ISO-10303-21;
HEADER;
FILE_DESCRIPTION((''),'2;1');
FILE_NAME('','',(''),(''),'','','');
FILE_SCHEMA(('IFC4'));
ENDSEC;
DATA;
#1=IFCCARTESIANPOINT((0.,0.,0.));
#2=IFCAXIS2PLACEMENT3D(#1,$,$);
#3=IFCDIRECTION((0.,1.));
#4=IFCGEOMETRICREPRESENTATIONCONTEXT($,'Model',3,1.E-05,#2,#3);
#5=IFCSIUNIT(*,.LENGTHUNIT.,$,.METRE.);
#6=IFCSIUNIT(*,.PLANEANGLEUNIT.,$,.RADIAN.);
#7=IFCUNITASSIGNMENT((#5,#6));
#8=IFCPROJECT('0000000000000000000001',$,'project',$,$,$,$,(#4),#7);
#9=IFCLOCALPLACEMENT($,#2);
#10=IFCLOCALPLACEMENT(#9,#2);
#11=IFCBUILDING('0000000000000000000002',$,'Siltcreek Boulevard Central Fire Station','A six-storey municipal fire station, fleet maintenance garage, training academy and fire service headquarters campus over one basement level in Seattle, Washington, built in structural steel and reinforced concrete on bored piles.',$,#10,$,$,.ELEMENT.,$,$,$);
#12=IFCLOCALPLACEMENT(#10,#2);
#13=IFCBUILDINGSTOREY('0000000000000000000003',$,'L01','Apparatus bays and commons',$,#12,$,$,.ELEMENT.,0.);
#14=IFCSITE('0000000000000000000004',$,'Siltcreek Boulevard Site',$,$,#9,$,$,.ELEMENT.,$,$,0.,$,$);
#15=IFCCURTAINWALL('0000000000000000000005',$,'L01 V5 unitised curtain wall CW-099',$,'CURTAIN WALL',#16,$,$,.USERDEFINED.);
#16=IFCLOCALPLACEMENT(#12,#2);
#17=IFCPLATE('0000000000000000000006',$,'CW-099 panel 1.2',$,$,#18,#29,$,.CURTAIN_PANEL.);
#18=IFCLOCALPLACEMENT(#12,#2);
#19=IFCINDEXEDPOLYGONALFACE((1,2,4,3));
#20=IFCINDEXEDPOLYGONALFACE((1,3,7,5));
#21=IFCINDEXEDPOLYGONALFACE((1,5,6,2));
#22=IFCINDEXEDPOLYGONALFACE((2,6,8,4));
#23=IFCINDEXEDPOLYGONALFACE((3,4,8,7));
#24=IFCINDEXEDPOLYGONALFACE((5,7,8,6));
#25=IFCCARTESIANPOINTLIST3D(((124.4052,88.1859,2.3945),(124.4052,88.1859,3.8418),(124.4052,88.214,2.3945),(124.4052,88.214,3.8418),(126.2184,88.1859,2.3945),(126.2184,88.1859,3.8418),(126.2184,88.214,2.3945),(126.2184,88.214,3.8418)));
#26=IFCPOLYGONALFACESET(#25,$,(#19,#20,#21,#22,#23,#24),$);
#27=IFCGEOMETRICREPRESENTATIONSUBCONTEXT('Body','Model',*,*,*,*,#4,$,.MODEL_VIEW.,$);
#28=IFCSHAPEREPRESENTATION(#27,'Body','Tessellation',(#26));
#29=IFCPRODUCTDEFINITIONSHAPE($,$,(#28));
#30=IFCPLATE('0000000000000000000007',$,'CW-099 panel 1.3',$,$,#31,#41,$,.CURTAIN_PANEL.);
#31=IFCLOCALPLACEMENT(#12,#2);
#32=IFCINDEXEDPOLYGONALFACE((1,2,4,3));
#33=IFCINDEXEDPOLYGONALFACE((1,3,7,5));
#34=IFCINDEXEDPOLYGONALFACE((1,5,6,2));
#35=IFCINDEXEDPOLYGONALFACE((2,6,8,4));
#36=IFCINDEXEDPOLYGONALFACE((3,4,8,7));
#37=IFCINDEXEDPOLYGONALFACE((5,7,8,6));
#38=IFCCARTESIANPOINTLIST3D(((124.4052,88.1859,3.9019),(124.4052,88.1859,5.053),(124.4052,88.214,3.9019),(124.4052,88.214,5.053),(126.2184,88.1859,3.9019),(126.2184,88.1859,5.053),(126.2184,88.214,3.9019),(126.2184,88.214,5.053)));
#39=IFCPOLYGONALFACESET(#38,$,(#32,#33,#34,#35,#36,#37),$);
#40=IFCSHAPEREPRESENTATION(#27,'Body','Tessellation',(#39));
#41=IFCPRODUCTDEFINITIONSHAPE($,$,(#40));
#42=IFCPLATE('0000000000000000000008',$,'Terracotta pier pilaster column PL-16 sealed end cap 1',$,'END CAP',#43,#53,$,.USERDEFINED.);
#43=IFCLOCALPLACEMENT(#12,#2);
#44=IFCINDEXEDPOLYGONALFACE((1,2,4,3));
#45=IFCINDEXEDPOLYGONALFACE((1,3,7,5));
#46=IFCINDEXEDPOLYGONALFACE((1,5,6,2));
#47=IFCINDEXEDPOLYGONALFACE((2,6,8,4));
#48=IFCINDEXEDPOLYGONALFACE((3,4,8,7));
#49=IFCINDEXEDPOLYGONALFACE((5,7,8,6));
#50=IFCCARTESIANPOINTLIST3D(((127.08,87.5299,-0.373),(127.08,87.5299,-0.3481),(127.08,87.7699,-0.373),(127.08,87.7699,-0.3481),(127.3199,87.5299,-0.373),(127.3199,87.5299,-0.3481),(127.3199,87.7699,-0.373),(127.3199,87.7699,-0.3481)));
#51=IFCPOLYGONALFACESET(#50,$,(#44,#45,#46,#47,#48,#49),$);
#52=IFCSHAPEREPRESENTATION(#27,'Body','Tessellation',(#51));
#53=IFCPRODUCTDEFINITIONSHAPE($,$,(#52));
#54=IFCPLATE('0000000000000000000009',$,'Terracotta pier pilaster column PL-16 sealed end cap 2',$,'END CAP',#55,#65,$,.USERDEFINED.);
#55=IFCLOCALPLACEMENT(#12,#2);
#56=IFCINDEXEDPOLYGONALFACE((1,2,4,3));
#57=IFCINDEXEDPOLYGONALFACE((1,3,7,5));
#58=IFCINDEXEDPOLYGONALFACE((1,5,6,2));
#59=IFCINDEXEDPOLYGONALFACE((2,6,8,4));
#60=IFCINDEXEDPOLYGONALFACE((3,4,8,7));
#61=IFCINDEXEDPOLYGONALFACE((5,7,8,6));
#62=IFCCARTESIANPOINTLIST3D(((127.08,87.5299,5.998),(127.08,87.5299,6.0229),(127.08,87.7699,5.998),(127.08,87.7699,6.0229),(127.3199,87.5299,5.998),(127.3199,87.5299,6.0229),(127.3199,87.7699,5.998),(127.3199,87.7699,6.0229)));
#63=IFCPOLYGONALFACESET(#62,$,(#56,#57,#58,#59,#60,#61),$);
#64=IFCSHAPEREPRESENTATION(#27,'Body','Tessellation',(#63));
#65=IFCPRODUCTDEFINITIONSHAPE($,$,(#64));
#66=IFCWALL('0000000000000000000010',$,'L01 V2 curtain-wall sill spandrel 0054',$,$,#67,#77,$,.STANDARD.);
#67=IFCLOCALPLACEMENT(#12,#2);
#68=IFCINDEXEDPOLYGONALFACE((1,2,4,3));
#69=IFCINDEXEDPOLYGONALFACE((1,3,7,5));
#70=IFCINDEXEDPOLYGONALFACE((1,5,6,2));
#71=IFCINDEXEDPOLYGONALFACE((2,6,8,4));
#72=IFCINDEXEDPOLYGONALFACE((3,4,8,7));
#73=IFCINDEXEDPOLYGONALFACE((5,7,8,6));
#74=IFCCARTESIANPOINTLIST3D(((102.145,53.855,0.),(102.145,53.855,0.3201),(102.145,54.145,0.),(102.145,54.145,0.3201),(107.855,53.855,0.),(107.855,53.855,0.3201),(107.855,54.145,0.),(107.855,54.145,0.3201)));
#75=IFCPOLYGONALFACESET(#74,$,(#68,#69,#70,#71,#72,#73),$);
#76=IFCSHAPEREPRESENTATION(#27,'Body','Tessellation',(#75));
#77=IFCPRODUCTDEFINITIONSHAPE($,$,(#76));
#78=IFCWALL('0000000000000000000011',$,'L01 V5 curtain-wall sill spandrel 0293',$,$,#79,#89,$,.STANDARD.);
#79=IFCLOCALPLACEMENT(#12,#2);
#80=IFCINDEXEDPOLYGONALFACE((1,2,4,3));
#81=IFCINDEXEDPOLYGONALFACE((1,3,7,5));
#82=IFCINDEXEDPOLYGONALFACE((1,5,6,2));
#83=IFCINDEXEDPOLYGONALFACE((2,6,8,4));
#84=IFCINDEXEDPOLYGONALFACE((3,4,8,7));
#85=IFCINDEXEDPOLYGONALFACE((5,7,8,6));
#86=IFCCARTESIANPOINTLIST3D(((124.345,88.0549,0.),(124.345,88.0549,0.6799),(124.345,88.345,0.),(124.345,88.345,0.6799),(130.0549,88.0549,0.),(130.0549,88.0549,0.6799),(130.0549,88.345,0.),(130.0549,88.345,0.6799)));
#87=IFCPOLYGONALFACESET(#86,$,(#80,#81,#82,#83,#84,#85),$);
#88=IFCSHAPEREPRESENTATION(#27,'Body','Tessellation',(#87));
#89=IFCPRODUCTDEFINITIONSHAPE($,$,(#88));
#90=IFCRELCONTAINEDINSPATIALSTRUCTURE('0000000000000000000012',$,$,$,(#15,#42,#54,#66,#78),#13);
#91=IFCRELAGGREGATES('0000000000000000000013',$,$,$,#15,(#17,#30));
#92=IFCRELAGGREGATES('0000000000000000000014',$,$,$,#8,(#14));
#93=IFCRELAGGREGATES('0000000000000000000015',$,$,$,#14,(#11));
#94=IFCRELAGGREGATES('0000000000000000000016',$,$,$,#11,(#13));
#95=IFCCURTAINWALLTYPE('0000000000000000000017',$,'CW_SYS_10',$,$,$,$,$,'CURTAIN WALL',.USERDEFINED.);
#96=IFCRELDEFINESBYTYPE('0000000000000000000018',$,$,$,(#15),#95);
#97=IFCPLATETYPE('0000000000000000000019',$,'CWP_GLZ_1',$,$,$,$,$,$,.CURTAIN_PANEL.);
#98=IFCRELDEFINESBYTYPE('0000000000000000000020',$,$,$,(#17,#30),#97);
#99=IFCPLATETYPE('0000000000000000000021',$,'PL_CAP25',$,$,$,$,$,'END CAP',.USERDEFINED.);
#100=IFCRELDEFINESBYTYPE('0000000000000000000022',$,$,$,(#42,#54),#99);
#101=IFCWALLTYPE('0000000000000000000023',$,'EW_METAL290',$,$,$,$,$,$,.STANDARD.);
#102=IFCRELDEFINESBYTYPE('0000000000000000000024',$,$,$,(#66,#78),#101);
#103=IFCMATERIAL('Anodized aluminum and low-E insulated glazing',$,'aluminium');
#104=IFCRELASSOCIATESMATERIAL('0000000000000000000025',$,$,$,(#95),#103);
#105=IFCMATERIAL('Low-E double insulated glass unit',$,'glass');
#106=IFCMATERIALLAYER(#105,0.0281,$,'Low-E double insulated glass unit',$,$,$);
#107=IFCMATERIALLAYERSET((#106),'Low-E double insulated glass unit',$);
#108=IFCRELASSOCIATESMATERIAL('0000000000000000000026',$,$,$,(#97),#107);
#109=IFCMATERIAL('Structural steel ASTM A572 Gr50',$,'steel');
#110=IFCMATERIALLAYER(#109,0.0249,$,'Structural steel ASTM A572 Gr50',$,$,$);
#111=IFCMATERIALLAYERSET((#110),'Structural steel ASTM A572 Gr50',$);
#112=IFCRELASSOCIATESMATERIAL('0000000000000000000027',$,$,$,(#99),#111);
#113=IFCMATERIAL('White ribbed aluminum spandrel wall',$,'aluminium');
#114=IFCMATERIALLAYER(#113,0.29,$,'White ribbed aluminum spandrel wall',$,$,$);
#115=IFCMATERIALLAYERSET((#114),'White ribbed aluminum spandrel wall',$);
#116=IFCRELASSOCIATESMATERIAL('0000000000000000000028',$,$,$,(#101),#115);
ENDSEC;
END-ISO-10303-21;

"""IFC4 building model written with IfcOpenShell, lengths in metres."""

from ifc_helpers import new_model, si_unit, direction, frame, frame_2d, origin, origin_2d, place, context, subcontext, project, spatial, rectangle, extrude, material, layer, layer_set, type_object, element, aggregate, save


model = new_model("IFC4")

# Units and contexts
model_context = context("Model", 3, precision=1e-05, world=origin(), true_north=direction((0.0, 1.0)))
body_context = subcontext(model_context, "Body", "Model", "MODEL_VIEW")
ifc_project = project(units=[si_unit("LENGTHUNIT", "METRE"), si_unit("PLANEANGLEUNIT", "RADIAN")], contexts=[model_context])

# Site, building, storey
site_placement = place(None, origin())
site = spatial("IfcSite", under=ifc_project, at=site_placement, Name="Siltcreek Boulevard Site", CompositionType="ELEMENT", RefElevation=0.0)
building_placement = place(site_placement, origin())
building = spatial("IfcBuilding", under=site, at=building_placement, Name="Siltcreek Boulevard Central Fire Station", Description="A six-storey municipal fire station, fleet maintenance garage, training academy and fire service headquarters campus over one basement level in Seattle, Washington, built in structural steel and reinforced concrete on bored piles.", CompositionType="ELEMENT")
storey_placement = place(building_placement, origin())
storey = spatial("IfcBuildingStorey", under=building, at=storey_placement, Name="L01", Description="Apparatus bays and commons", CompositionType="ELEMENT", Elevation=0.0)

# Curtain wall
ifc_material_1 = material(Name="Anodized aluminum and low-E insulated glazing", Category="aluminium")
curtain_wall_type_1 = type_object("IfcCurtainWallType", Name="CW_SYS_10", ElementType="CURTAIN WALL", PredefinedType="USERDEFINED", material=ifc_material_1)
curtain_wall_1_placement = place(storey_placement, origin())
curtain_wall_1 = element("IfcCurtainWall", 1, at=curtain_wall_1_placement, inside=storey, type_object=curtain_wall_type_1, Name="L01 V5 unitised curtain wall CW-099", ObjectType="CURTAIN WALL", PredefinedType="USERDEFINED")

# Plates
ifc_material_2 = material(Name="Low-E double insulated glass unit", Category="glass")
ifc_layer_1 = layer(ifc_material_2, 0.0281, Name="Low-E double insulated glass unit")
ifc_layer_set_1 = layer_set([ifc_layer_1], Name="Low-E double insulated glass unit")
plate_type_1 = type_object("IfcPlateType", Name="CWP_GLZ_1", PredefinedType="CURTAIN_PANEL", material=ifc_layer_set_1)
plate_1_placement = place(storey_placement, frame((125.3118, 88.2, 2.3945), z_axis=(0.0, 0.0, 1.0), x_axis=(1.0, 0.0, 0.0)))
plate_1 = element("IfcPlate", 2, at=plate_1_placement, type_object=plate_type_1, Name="CW-099 panel 1.2", PredefinedType="CURTAIN_PANEL", context=body_context, shape_type="SweptSolid", body=[
    extrude(rectangle(XDim=1.8132, YDim=0.0281, at=origin_2d()), origin(), (0.0, 0.0, 1.0), 1.4473),
])
plate_2_placement = place(storey_placement, frame((125.3118, 88.2, 3.9019), z_axis=(0.0, 0.0, 1.0), x_axis=(1.0, 0.0, 0.0)))
plate_2 = element("IfcPlate", 3, at=plate_2_placement, type_object=plate_type_1, Name="CW-099 panel 1.3", PredefinedType="CURTAIN_PANEL", context=body_context, shape_type="SweptSolid", body=[
    extrude(rectangle(XDim=1.8132, YDim=0.0281, at=origin_2d()), origin(), (0.0, 0.0, 1.0), 1.1511),
])
aggregate(curtain_wall_1, [plate_1, plate_2])

# Plates
ifc_material_3 = material(Name="Structural steel ASTM A572 Gr50", Category="steel")
ifc_layer_2 = layer(ifc_material_3, 0.0249, Name="Structural steel ASTM A572 Gr50")
ifc_layer_set_2 = layer_set([ifc_layer_2], Name="Structural steel ASTM A572 Gr50")
plate_type_2 = type_object("IfcPlateType", Name="PL_CAP25", ElementType="END CAP", PredefinedType="USERDEFINED", material=ifc_layer_set_2)
for number, where, z_axis, x_axis, name in (
    (4, (127.2, 87.6499, -0.373), (0.0, 0.0, 1.0), (1.0, 0.0, 0.0), "Terracotta pier pilaster column PL-16 sealed end cap 1"),
    (5, (127.2, 87.6499, 5.998), (0.0, 0.0, 1.0), (1.0, 0.0, 0.0), "Terracotta pier pilaster column PL-16 sealed end cap 2"),
):
    element("IfcPlate", number, at=place(storey_placement, frame(where, z_axis=z_axis, x_axis=x_axis)), inside=storey, type_object=plate_type_2, Name=name, ObjectType="END CAP", PredefinedType="USERDEFINED", context=body_context, shape_type="SweptSolid", body=[
        extrude(rectangle(XDim=0.24, YDim=0.24, at=origin_2d()), origin(), (0.0, 0.0, 1.0), 0.0249),
    ])

# Walls
ifc_material_4 = material(Name="White ribbed aluminum spandrel wall", Category="aluminium")
ifc_layer_3 = layer(ifc_material_4, 0.29, Name="White ribbed aluminum spandrel wall")
ifc_layer_set_3 = layer_set([ifc_layer_3], Name="White ribbed aluminum spandrel wall")
wall_type = type_object("IfcWallType", Name="EW_METAL290", PredefinedType="STANDARD", material=ifc_layer_set_3)
wall_1_placement = place(storey_placement, frame((107.855, 54.0, 0.0), z_axis=(0.0, 0.0, 1.0), x_axis=(-1.0, 0.0, 0.0)))
element("IfcWall", 6, at=wall_1_placement, inside=storey, type_object=wall_type, Name="L01 V2 curtain-wall sill spandrel 0054", PredefinedType="STANDARD", context=body_context, shape_type="SweptSolid", body=[
    extrude(rectangle(XDim=5.71, YDim=0.29, at=frame_2d((2.855, 0.0))), origin(), (0.0, 0.0, 1.0), 0.3201),
])
wall_2_placement = place(storey_placement, frame((124.345, 88.2, 0.0), z_axis=(0.0, 0.0, 1.0), x_axis=(1.0, 0.0, 0.0)))
element("IfcWall", 7, at=wall_2_placement, inside=storey, type_object=wall_type, Name="L01 V5 curtain-wall sill spandrel 0293", PredefinedType="STANDARD", context=body_context, shape_type="SweptSolid", body=[
    extrude(rectangle(XDim=5.71, YDim=0.29, at=frame_2d((2.855, 0.0))), origin(), (0.0, 0.0, 1.0), 0.6799),
])

save(model, "model.ifc")
